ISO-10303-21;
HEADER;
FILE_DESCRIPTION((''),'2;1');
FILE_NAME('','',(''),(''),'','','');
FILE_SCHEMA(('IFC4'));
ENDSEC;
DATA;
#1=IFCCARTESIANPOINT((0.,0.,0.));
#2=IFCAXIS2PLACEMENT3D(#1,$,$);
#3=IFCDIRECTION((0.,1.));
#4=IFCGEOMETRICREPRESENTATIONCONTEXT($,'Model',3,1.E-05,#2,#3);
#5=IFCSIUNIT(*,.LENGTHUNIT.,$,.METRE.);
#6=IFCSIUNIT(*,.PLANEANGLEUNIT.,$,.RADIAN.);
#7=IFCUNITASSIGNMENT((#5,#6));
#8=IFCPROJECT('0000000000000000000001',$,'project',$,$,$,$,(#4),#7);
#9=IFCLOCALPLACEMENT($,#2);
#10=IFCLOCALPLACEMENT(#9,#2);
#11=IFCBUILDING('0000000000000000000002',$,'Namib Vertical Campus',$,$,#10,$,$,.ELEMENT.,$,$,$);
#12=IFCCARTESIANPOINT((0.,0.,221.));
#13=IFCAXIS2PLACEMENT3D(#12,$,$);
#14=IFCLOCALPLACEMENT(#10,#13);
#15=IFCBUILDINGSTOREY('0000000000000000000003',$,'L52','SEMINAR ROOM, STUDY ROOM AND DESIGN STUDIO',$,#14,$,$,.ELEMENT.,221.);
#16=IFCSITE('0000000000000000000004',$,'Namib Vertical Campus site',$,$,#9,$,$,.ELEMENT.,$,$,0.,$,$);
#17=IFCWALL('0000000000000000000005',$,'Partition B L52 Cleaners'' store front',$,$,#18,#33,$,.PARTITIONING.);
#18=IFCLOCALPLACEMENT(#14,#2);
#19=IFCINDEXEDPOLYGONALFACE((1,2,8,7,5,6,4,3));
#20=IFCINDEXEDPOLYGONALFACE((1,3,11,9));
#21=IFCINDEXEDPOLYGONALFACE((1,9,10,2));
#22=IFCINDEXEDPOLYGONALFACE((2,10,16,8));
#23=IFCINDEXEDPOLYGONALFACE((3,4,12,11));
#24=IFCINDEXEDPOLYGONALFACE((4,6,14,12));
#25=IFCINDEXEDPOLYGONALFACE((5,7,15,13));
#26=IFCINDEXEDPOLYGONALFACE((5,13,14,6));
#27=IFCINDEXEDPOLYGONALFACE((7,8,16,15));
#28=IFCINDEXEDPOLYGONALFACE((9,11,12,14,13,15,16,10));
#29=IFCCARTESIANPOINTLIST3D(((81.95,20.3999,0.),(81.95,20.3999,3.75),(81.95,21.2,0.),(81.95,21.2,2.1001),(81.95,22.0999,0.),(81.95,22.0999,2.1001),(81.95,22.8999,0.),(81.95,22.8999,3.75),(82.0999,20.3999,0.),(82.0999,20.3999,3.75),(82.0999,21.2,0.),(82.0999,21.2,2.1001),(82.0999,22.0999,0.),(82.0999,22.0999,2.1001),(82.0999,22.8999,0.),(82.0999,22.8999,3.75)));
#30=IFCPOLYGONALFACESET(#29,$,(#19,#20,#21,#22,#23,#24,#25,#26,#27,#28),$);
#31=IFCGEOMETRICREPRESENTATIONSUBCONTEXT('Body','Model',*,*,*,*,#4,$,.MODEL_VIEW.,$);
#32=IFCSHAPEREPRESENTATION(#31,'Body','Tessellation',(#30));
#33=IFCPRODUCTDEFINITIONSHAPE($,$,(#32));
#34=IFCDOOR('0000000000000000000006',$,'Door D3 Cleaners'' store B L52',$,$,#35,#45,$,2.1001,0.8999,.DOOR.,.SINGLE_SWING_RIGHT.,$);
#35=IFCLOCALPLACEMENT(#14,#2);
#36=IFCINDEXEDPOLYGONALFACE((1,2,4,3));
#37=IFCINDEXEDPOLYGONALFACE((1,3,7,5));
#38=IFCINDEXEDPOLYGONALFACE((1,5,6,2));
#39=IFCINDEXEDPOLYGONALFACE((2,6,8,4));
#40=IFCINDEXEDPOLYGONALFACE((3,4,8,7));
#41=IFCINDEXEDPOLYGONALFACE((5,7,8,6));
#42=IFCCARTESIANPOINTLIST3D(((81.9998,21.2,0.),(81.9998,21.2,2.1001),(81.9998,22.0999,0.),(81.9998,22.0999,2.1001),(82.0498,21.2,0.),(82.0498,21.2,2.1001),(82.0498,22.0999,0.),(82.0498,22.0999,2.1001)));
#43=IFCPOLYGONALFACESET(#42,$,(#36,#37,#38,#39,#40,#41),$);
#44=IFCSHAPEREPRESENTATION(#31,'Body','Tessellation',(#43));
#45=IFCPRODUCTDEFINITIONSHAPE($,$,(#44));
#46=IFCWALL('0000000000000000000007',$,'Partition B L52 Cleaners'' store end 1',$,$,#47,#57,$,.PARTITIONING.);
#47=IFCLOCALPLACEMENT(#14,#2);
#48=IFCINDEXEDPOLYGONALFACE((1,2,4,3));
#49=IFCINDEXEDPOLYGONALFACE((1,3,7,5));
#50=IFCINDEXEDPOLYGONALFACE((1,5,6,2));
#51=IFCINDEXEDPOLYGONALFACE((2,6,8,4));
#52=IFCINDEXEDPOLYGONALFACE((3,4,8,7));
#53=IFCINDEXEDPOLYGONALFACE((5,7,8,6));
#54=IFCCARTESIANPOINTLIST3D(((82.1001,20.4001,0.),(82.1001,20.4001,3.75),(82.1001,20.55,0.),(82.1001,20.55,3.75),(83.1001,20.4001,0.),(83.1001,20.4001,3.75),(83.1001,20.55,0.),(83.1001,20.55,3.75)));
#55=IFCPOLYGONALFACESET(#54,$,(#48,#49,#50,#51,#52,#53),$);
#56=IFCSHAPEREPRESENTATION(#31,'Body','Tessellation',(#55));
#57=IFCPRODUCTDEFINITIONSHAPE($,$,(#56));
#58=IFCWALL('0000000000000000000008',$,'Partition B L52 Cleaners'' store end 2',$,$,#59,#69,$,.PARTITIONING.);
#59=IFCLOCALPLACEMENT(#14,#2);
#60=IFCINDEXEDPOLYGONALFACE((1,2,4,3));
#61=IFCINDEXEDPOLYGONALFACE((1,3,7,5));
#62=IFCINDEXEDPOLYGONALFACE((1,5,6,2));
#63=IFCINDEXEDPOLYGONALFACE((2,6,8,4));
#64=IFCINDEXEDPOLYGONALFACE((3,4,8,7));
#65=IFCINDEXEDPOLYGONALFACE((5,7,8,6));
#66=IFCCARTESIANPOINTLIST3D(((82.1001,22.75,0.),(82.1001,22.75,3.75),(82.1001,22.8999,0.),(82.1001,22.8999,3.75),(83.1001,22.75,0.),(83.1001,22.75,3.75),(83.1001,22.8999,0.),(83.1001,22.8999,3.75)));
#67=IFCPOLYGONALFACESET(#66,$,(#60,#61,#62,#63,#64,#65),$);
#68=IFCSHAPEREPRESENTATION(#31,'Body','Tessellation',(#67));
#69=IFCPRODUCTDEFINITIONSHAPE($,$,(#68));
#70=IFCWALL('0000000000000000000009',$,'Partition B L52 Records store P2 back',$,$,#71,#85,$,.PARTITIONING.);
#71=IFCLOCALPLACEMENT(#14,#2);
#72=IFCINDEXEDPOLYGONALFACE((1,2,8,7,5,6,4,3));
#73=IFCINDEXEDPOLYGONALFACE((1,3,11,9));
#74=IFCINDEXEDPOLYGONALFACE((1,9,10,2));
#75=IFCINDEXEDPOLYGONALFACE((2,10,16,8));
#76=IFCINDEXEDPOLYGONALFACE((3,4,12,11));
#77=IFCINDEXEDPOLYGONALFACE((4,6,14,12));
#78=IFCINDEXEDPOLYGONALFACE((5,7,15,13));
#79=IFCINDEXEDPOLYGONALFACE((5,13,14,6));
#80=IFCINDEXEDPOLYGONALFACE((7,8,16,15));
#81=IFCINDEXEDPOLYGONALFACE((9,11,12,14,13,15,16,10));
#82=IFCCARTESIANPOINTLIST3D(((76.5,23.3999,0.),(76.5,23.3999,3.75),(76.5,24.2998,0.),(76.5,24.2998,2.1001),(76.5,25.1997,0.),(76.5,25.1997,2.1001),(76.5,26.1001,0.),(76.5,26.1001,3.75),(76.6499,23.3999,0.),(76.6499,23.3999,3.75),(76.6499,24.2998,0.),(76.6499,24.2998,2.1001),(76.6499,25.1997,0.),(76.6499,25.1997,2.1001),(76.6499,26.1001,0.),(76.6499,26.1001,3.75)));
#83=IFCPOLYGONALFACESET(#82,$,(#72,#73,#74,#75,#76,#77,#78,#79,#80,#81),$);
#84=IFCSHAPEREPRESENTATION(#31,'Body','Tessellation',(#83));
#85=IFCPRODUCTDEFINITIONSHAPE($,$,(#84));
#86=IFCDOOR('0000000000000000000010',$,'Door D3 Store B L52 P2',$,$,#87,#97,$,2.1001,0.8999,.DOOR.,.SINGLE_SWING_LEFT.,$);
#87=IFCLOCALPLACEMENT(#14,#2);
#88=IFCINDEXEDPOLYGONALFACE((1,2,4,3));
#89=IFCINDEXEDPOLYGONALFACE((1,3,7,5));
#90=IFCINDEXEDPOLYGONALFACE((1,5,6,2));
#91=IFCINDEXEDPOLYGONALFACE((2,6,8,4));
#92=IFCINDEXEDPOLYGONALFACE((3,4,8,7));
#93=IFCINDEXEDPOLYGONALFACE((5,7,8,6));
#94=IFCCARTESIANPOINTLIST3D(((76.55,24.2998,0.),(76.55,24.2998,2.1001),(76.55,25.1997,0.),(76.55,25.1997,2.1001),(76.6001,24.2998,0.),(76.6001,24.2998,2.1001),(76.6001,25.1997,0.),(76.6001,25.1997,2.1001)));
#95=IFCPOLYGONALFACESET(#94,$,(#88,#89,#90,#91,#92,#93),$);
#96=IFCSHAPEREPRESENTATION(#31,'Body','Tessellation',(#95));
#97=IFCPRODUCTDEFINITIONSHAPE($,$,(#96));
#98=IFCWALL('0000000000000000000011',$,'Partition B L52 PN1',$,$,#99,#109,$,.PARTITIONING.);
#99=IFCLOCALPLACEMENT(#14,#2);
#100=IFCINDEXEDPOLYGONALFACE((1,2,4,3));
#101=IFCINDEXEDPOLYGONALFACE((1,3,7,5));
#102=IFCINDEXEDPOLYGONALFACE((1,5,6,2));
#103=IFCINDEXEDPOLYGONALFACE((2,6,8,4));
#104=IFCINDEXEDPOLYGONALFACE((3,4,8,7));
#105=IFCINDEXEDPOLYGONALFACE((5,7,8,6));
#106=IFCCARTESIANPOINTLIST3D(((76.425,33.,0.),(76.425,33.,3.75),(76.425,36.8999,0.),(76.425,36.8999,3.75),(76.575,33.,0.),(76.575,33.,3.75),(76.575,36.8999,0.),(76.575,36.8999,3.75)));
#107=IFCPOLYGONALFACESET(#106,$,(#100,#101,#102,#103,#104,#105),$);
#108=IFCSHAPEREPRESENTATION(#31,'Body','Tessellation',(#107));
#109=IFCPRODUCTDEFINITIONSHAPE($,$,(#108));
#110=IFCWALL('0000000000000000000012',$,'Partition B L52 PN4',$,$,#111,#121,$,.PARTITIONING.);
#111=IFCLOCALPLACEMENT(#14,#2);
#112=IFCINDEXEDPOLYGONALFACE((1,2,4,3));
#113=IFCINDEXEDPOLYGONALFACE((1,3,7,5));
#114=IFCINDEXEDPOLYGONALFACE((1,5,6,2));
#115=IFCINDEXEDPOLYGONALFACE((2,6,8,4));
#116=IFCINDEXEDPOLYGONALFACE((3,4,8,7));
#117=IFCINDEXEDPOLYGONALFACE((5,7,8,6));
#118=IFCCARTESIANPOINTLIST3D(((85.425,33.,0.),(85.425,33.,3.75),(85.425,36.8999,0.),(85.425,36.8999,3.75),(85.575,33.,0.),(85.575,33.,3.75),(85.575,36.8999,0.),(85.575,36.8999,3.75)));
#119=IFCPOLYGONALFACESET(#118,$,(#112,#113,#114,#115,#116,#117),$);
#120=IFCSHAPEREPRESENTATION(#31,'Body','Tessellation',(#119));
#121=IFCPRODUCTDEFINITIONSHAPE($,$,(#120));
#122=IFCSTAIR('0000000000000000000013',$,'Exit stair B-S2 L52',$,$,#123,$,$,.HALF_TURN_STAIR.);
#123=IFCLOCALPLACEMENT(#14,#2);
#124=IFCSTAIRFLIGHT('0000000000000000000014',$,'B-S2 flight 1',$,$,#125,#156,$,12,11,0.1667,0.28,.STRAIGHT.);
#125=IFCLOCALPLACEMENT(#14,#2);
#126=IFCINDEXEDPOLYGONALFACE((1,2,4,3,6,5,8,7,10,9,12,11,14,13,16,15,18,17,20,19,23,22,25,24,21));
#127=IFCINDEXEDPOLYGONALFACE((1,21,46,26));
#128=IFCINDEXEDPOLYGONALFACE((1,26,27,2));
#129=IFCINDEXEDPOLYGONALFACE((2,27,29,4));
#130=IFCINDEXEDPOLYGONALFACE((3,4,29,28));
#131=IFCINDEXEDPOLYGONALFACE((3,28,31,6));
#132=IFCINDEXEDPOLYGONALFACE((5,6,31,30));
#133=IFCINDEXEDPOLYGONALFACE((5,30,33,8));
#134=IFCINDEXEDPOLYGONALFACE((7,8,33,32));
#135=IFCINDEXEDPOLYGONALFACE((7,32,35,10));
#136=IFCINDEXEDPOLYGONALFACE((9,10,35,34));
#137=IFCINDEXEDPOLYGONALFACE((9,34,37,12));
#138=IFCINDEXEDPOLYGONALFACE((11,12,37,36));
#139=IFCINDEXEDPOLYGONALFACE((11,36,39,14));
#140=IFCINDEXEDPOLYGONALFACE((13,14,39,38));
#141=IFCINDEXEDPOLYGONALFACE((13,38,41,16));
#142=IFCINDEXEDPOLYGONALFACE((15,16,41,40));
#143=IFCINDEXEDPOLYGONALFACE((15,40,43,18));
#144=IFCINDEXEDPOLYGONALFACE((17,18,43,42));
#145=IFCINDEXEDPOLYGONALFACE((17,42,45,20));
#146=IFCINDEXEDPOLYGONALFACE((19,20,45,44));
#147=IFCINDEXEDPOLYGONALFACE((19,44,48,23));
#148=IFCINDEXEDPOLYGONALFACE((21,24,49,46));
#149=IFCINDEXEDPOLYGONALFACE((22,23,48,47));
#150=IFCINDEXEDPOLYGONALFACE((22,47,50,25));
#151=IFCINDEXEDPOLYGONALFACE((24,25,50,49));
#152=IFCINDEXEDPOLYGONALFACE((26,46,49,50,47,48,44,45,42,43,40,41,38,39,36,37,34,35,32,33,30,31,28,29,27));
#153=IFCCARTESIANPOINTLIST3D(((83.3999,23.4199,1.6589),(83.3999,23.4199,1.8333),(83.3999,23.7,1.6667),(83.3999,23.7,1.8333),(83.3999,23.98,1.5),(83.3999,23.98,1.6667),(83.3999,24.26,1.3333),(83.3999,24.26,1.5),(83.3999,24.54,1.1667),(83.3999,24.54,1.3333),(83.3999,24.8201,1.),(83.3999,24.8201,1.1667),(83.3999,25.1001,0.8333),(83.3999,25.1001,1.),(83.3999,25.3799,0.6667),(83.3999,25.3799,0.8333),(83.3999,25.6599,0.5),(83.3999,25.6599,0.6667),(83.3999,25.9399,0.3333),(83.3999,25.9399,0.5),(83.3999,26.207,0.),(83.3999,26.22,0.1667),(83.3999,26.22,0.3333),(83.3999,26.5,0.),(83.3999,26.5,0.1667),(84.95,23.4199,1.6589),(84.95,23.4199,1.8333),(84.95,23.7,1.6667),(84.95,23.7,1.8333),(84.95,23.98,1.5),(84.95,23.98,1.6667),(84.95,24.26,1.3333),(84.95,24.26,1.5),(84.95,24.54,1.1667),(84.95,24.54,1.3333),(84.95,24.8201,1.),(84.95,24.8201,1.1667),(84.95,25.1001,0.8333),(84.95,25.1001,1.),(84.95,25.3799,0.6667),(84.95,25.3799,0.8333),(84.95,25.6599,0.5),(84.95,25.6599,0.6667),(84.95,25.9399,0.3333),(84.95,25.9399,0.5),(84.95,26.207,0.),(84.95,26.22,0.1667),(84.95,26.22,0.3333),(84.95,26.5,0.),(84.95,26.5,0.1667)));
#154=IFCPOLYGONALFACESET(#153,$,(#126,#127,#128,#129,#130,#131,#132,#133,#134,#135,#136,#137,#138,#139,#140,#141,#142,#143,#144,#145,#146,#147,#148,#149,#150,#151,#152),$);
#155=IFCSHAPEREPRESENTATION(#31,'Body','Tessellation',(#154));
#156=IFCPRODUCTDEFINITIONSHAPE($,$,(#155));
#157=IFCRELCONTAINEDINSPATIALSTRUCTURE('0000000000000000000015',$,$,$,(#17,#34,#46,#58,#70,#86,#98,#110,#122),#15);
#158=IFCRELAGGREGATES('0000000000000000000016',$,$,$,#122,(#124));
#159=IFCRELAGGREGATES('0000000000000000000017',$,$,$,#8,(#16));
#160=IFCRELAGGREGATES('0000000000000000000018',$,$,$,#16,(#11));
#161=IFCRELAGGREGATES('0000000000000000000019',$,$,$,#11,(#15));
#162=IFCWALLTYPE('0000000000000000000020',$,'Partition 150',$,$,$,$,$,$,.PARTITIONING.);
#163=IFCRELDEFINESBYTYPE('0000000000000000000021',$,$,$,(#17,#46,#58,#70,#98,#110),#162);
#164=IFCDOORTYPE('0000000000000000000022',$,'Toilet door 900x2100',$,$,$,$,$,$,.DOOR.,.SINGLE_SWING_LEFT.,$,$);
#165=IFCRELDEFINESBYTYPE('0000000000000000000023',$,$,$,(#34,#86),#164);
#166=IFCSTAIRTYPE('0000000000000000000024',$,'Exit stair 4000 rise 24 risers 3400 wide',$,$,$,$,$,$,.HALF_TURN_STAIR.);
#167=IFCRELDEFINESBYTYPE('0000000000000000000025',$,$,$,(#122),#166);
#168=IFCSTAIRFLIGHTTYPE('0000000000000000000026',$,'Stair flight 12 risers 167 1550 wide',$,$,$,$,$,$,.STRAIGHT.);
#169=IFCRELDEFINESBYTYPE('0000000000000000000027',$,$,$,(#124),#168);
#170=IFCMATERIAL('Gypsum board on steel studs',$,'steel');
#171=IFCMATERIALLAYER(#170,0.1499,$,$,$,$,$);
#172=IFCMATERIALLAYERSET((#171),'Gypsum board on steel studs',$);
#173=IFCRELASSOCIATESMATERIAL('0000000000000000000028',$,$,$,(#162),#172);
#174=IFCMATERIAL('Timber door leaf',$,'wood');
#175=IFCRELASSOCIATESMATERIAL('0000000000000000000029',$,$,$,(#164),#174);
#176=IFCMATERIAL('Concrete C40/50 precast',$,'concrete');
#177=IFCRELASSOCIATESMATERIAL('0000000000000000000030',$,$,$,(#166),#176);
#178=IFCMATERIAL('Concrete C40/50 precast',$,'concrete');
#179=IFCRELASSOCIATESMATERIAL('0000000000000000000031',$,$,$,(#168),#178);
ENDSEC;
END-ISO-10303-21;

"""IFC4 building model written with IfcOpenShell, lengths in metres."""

from ifc_helpers import new_model, si_unit, direction, frame, frame_2d, origin, place, context, subcontext, project, spatial, polyline, rectangle, outline, extrude, material, layer, layer_set, type_object, element, fill, aggregate, save


model = new_model("IFC4")

# Units and contexts
model_context = context("Model", 3, precision=1e-05, world=origin(), true_north=direction((0.0, 1.0)))
body_context = subcontext(model_context, "Body", "Model", "MODEL_VIEW")
ifc_project = project(units=[si_unit("LENGTHUNIT", "METRE"), si_unit("PLANEANGLEUNIT", "RADIAN")], contexts=[model_context])

# Site, building, storey
site_placement = place(None, origin())
site = spatial("IfcSite", under=ifc_project, at=site_placement, Name="Namib Vertical Campus site", CompositionType="ELEMENT", RefElevation=0.0)
building_placement = place(site_placement, origin())
building = spatial("IfcBuilding", under=site, at=building_placement, Name="Namib Vertical Campus", CompositionType="ELEMENT")
storey_placement = place(building_placement, frame((0.0, 0.0, 221.0)))
storey = spatial("IfcBuildingStorey", under=building, at=storey_placement, Name="L52", Description="SEMINAR ROOM, STUDY ROOM AND DESIGN STUDIO", CompositionType="ELEMENT", Elevation=221.0)

# Wall, opening, door
ifc_material_1 = material(Name="Gypsum board on steel studs", Category="steel")
ifc_layer_1 = layer(ifc_material_1, 0.1499)
ifc_layer_set_1 = layer_set([ifc_layer_1], Name="Gypsum board on steel studs")
wall_type_1 = type_object("IfcWallType", Name="Partition 150", PredefinedType="PARTITIONING", material=ifc_layer_set_1)
wall_1_placement = place(storey_placement, frame((82.0249, 20.3999, 0.0), z_axis=(0.0, 0.0, 1.0), x_axis=(0.0, 1.0, 0.0)))
wall_1 = element("IfcWall", 1, at=wall_1_placement, inside=storey, type_object=wall_type_1, Name="Partition B L52 Cleaners' store front", PredefinedType="PARTITIONING", context=body_context, shape_type="SweptSolid", body=[
    extrude(rectangle(XDim=2.5, YDim=0.1499, at=frame_2d((1.25, 0.0))), origin(), (0.0, 0.0, 1.0), 3.75),
])
opening_1_placement = place(wall_1_placement, frame((0.8, 0.0, 0.0)))
opening_1 = element("IfcOpeningElement", 2, at=opening_1_placement, cuts=wall_1, PredefinedType="OPENING", context=body_context, shape_type="SweptSolid", body=[
    extrude(rectangle(XDim=0.8999, YDim=2.1001, at=frame_2d((0.45, 1.05))), frame((0.0, 0.085, 0.0), z_axis=(0.0, -1.0, 0.0), x_axis=(1.0, 0.0, 0.0)), (0.0, 0.0, 1.0), 0.1699),
])
ifc_material_2 = material(Name="Timber door leaf", Category="wood")
door_type_1 = type_object("IfcDoorType", Name="Toilet door 900x2100", OperationType="SINGLE_SWING_LEFT", PredefinedType="DOOR", material=ifc_material_2)
door_1_placement = place(opening_1_placement, frame((0.8999, 0.0, 0.0), z_axis=(0.0, 0.0, 1.0), x_axis=(-1.0, 0.0, 0.0)))
door_1 = element("IfcDoor", 3, at=door_1_placement, inside=storey, type_object=door_type_1, Name="Door D3 Cleaners' store B L52", OperationType="SINGLE_SWING_RIGHT", OverallHeight=2.1001, OverallWidth=0.8999, PredefinedType="DOOR", context=body_context, shape_type="SweptSolid", body=[
    extrude(rectangle(XDim=0.8999, YDim=2.1001, at=frame_2d((0.45, 1.05))), frame((0.0, 0.0249, 0.0), z_axis=(0.0, -1.0, 0.0), x_axis=(1.0, 0.0, 0.0)), (0.0, 0.0, 1.0), 0.05),
])
fill(opening_1, door_1)

# Walls
for number, where, z_axis, x_axis, name in (
    (4, (82.1001, 20.4751, 0.0), (0.0, 0.0, 1.0), (1.0, 0.0, 0.0), "Partition B L52 Cleaners' store end 1"),
    (5, (82.1001, 22.825, 0.0), (0.0, 0.0, 1.0), (1.0, 0.0, 0.0), "Partition B L52 Cleaners' store end 2"),
):
    element("IfcWall", number, at=place(storey_placement, frame(where, z_axis=z_axis, x_axis=x_axis)), inside=storey, type_object=wall_type_1, Name=name, PredefinedType="PARTITIONING", context=body_context, shape_type="SweptSolid", body=[
        extrude(rectangle(XDim=1.0, YDim=0.1499, at=frame_2d((0.5, 0.0))), origin(), (0.0, 0.0, 1.0), 3.75),
    ])

# Wall, opening, door
wall_2_placement = place(storey_placement, frame((76.575, 23.3999, 0.0), z_axis=(0.0, 0.0, 1.0), x_axis=(0.0, 1.0, 0.0)))
wall_2 = element("IfcWall", 6, at=wall_2_placement, inside=storey, type_object=wall_type_1, Name="Partition B L52 Records store P2 back", PredefinedType="PARTITIONING", context=body_context, shape_type="SweptSolid", body=[
    extrude(rectangle(XDim=2.7002, YDim=0.1499, at=frame_2d((1.3501, 0.0))), origin(), (0.0, 0.0, 1.0), 3.75),
])
opening_2_placement = place(wall_2_placement, frame((0.8999, 0.0, 0.0)))
opening_2 = element("IfcOpeningElement", 7, at=opening_2_placement, cuts=wall_2, PredefinedType="OPENING", context=body_context, shape_type="SweptSolid", body=[
    extrude(rectangle(XDim=0.8999, YDim=2.1001, at=frame_2d((0.45, 1.05))), frame((0.0, 0.085, 0.0), z_axis=(0.0, -1.0, 0.0), x_axis=(1.0, 0.0, 0.0)), (0.0, 0.0, 1.0), 0.1699),
])
door_2_placement = place(opening_2_placement, origin())
door_2 = element("IfcDoor", 8, at=door_2_placement, inside=storey, type_object=door_type_1, Name="Door D3 Store B L52 P2", OperationType="SINGLE_SWING_LEFT", OverallHeight=2.1001, OverallWidth=0.8999, PredefinedType="DOOR", context=body_context, shape_type="SweptSolid", body=[
    extrude(rectangle(XDim=0.8999, YDim=2.1001, at=frame_2d((0.45, 1.05))), frame((0.0, 0.0249, 0.0), z_axis=(0.0, -1.0, 0.0), x_axis=(1.0, 0.0, 0.0)), (0.0, 0.0, 1.0), 0.05),
])
fill(opening_2, door_2)

# Walls
for number, where, z_axis, x_axis, name in (
    (9, (76.5, 33.0, 0.0), (0.0, 0.0, 1.0), (0.0, 1.0, 0.0), "Partition B L52 PN1"),
    (10, (85.5, 33.0, 0.0), (0.0, 0.0, 1.0), (0.0, 1.0, 0.0), "Partition B L52 PN4"),
):
    element("IfcWall", number, at=place(storey_placement, frame(where, z_axis=z_axis, x_axis=x_axis)), inside=storey, type_object=wall_type_1, Name=name, PredefinedType="PARTITIONING", context=body_context, shape_type="SweptSolid", body=[
        extrude(rectangle(XDim=3.8999, YDim=0.1499, at=frame_2d((1.95, 0.0))), origin(), (0.0, 0.0, 1.0), 3.75),
    ])

# Stair, stair flight
ifc_material_3 = material(Name="Concrete C40/50 precast", Category="concrete")
stair_type = type_object("IfcStairType", Name="Exit stair 4000 rise 24 risers 3400 wide", PredefinedType="HALF_TURN_STAIR", material=ifc_material_3)
stair_placement = place(storey_placement, origin())
stair = element("IfcStair", 11, at=stair_placement, inside=storey, type_object=stair_type, Name="Exit stair B-S2 L52", PredefinedType="HALF_TURN_STAIR")
ifc_material_4 = material(Name="Concrete C40/50 precast", Category="concrete")
stair_flight_type = type_object("IfcStairFlightType", Name="Stair flight 12 risers 167 1550 wide", PredefinedType="STRAIGHT", material=ifc_material_4)
stair_flight_1_placement = place(storey_placement, frame((84.175, 26.5, 0.0), z_axis=(0.0, 0.0, 1.0), x_axis=(0.0, -1.0, 0.0)))
stair_flight_1 = element("IfcStairFlight", 12, at=stair_flight_1_placement, type_object=stair_flight_type, Name="B-S2 flight 1", NumberOfRisers=12, NumberOfTreads=11, PredefinedType="STRAIGHT", RiserHeight=0.1667, TreadLength=0.28, context=body_context, shape_type="SweptSolid", body=[
    extrude(outline(polyline([(0.0, 0.0), (0.0, 0.1667), (0.28, 0.1667), (0.28, 0.3333), (0.5601, 0.3333), (0.5601, 0.5), (0.8401, 0.5), (0.8401, 0.6667), (1.1201, 0.6667), (1.1201, 0.8333), (1.3999, 0.8333), (1.3999, 1.0), (1.6799, 1.0), (1.6799, 1.1667), (1.96, 1.1667), (1.96, 1.3333), (2.24, 1.3333), (2.24, 1.5), (2.52, 1.5), (2.52, 1.6667), (2.8, 1.6667), (2.8, 1.8333), (3.0801, 1.8333), (3.0801, 2.0), (3.0801, 1.6589), (0.293, 0.0), (0.0, 0.0)])), frame((0.0, 0.7749, 0.0), z_axis=(0.0, -1.0, 0.0), x_axis=(1.0, 0.0, 0.0)), (0.0, 0.0, 1.0), 1.55),
])
aggregate(stair, [stair_flight_1])

save(model, "model.ifc")
